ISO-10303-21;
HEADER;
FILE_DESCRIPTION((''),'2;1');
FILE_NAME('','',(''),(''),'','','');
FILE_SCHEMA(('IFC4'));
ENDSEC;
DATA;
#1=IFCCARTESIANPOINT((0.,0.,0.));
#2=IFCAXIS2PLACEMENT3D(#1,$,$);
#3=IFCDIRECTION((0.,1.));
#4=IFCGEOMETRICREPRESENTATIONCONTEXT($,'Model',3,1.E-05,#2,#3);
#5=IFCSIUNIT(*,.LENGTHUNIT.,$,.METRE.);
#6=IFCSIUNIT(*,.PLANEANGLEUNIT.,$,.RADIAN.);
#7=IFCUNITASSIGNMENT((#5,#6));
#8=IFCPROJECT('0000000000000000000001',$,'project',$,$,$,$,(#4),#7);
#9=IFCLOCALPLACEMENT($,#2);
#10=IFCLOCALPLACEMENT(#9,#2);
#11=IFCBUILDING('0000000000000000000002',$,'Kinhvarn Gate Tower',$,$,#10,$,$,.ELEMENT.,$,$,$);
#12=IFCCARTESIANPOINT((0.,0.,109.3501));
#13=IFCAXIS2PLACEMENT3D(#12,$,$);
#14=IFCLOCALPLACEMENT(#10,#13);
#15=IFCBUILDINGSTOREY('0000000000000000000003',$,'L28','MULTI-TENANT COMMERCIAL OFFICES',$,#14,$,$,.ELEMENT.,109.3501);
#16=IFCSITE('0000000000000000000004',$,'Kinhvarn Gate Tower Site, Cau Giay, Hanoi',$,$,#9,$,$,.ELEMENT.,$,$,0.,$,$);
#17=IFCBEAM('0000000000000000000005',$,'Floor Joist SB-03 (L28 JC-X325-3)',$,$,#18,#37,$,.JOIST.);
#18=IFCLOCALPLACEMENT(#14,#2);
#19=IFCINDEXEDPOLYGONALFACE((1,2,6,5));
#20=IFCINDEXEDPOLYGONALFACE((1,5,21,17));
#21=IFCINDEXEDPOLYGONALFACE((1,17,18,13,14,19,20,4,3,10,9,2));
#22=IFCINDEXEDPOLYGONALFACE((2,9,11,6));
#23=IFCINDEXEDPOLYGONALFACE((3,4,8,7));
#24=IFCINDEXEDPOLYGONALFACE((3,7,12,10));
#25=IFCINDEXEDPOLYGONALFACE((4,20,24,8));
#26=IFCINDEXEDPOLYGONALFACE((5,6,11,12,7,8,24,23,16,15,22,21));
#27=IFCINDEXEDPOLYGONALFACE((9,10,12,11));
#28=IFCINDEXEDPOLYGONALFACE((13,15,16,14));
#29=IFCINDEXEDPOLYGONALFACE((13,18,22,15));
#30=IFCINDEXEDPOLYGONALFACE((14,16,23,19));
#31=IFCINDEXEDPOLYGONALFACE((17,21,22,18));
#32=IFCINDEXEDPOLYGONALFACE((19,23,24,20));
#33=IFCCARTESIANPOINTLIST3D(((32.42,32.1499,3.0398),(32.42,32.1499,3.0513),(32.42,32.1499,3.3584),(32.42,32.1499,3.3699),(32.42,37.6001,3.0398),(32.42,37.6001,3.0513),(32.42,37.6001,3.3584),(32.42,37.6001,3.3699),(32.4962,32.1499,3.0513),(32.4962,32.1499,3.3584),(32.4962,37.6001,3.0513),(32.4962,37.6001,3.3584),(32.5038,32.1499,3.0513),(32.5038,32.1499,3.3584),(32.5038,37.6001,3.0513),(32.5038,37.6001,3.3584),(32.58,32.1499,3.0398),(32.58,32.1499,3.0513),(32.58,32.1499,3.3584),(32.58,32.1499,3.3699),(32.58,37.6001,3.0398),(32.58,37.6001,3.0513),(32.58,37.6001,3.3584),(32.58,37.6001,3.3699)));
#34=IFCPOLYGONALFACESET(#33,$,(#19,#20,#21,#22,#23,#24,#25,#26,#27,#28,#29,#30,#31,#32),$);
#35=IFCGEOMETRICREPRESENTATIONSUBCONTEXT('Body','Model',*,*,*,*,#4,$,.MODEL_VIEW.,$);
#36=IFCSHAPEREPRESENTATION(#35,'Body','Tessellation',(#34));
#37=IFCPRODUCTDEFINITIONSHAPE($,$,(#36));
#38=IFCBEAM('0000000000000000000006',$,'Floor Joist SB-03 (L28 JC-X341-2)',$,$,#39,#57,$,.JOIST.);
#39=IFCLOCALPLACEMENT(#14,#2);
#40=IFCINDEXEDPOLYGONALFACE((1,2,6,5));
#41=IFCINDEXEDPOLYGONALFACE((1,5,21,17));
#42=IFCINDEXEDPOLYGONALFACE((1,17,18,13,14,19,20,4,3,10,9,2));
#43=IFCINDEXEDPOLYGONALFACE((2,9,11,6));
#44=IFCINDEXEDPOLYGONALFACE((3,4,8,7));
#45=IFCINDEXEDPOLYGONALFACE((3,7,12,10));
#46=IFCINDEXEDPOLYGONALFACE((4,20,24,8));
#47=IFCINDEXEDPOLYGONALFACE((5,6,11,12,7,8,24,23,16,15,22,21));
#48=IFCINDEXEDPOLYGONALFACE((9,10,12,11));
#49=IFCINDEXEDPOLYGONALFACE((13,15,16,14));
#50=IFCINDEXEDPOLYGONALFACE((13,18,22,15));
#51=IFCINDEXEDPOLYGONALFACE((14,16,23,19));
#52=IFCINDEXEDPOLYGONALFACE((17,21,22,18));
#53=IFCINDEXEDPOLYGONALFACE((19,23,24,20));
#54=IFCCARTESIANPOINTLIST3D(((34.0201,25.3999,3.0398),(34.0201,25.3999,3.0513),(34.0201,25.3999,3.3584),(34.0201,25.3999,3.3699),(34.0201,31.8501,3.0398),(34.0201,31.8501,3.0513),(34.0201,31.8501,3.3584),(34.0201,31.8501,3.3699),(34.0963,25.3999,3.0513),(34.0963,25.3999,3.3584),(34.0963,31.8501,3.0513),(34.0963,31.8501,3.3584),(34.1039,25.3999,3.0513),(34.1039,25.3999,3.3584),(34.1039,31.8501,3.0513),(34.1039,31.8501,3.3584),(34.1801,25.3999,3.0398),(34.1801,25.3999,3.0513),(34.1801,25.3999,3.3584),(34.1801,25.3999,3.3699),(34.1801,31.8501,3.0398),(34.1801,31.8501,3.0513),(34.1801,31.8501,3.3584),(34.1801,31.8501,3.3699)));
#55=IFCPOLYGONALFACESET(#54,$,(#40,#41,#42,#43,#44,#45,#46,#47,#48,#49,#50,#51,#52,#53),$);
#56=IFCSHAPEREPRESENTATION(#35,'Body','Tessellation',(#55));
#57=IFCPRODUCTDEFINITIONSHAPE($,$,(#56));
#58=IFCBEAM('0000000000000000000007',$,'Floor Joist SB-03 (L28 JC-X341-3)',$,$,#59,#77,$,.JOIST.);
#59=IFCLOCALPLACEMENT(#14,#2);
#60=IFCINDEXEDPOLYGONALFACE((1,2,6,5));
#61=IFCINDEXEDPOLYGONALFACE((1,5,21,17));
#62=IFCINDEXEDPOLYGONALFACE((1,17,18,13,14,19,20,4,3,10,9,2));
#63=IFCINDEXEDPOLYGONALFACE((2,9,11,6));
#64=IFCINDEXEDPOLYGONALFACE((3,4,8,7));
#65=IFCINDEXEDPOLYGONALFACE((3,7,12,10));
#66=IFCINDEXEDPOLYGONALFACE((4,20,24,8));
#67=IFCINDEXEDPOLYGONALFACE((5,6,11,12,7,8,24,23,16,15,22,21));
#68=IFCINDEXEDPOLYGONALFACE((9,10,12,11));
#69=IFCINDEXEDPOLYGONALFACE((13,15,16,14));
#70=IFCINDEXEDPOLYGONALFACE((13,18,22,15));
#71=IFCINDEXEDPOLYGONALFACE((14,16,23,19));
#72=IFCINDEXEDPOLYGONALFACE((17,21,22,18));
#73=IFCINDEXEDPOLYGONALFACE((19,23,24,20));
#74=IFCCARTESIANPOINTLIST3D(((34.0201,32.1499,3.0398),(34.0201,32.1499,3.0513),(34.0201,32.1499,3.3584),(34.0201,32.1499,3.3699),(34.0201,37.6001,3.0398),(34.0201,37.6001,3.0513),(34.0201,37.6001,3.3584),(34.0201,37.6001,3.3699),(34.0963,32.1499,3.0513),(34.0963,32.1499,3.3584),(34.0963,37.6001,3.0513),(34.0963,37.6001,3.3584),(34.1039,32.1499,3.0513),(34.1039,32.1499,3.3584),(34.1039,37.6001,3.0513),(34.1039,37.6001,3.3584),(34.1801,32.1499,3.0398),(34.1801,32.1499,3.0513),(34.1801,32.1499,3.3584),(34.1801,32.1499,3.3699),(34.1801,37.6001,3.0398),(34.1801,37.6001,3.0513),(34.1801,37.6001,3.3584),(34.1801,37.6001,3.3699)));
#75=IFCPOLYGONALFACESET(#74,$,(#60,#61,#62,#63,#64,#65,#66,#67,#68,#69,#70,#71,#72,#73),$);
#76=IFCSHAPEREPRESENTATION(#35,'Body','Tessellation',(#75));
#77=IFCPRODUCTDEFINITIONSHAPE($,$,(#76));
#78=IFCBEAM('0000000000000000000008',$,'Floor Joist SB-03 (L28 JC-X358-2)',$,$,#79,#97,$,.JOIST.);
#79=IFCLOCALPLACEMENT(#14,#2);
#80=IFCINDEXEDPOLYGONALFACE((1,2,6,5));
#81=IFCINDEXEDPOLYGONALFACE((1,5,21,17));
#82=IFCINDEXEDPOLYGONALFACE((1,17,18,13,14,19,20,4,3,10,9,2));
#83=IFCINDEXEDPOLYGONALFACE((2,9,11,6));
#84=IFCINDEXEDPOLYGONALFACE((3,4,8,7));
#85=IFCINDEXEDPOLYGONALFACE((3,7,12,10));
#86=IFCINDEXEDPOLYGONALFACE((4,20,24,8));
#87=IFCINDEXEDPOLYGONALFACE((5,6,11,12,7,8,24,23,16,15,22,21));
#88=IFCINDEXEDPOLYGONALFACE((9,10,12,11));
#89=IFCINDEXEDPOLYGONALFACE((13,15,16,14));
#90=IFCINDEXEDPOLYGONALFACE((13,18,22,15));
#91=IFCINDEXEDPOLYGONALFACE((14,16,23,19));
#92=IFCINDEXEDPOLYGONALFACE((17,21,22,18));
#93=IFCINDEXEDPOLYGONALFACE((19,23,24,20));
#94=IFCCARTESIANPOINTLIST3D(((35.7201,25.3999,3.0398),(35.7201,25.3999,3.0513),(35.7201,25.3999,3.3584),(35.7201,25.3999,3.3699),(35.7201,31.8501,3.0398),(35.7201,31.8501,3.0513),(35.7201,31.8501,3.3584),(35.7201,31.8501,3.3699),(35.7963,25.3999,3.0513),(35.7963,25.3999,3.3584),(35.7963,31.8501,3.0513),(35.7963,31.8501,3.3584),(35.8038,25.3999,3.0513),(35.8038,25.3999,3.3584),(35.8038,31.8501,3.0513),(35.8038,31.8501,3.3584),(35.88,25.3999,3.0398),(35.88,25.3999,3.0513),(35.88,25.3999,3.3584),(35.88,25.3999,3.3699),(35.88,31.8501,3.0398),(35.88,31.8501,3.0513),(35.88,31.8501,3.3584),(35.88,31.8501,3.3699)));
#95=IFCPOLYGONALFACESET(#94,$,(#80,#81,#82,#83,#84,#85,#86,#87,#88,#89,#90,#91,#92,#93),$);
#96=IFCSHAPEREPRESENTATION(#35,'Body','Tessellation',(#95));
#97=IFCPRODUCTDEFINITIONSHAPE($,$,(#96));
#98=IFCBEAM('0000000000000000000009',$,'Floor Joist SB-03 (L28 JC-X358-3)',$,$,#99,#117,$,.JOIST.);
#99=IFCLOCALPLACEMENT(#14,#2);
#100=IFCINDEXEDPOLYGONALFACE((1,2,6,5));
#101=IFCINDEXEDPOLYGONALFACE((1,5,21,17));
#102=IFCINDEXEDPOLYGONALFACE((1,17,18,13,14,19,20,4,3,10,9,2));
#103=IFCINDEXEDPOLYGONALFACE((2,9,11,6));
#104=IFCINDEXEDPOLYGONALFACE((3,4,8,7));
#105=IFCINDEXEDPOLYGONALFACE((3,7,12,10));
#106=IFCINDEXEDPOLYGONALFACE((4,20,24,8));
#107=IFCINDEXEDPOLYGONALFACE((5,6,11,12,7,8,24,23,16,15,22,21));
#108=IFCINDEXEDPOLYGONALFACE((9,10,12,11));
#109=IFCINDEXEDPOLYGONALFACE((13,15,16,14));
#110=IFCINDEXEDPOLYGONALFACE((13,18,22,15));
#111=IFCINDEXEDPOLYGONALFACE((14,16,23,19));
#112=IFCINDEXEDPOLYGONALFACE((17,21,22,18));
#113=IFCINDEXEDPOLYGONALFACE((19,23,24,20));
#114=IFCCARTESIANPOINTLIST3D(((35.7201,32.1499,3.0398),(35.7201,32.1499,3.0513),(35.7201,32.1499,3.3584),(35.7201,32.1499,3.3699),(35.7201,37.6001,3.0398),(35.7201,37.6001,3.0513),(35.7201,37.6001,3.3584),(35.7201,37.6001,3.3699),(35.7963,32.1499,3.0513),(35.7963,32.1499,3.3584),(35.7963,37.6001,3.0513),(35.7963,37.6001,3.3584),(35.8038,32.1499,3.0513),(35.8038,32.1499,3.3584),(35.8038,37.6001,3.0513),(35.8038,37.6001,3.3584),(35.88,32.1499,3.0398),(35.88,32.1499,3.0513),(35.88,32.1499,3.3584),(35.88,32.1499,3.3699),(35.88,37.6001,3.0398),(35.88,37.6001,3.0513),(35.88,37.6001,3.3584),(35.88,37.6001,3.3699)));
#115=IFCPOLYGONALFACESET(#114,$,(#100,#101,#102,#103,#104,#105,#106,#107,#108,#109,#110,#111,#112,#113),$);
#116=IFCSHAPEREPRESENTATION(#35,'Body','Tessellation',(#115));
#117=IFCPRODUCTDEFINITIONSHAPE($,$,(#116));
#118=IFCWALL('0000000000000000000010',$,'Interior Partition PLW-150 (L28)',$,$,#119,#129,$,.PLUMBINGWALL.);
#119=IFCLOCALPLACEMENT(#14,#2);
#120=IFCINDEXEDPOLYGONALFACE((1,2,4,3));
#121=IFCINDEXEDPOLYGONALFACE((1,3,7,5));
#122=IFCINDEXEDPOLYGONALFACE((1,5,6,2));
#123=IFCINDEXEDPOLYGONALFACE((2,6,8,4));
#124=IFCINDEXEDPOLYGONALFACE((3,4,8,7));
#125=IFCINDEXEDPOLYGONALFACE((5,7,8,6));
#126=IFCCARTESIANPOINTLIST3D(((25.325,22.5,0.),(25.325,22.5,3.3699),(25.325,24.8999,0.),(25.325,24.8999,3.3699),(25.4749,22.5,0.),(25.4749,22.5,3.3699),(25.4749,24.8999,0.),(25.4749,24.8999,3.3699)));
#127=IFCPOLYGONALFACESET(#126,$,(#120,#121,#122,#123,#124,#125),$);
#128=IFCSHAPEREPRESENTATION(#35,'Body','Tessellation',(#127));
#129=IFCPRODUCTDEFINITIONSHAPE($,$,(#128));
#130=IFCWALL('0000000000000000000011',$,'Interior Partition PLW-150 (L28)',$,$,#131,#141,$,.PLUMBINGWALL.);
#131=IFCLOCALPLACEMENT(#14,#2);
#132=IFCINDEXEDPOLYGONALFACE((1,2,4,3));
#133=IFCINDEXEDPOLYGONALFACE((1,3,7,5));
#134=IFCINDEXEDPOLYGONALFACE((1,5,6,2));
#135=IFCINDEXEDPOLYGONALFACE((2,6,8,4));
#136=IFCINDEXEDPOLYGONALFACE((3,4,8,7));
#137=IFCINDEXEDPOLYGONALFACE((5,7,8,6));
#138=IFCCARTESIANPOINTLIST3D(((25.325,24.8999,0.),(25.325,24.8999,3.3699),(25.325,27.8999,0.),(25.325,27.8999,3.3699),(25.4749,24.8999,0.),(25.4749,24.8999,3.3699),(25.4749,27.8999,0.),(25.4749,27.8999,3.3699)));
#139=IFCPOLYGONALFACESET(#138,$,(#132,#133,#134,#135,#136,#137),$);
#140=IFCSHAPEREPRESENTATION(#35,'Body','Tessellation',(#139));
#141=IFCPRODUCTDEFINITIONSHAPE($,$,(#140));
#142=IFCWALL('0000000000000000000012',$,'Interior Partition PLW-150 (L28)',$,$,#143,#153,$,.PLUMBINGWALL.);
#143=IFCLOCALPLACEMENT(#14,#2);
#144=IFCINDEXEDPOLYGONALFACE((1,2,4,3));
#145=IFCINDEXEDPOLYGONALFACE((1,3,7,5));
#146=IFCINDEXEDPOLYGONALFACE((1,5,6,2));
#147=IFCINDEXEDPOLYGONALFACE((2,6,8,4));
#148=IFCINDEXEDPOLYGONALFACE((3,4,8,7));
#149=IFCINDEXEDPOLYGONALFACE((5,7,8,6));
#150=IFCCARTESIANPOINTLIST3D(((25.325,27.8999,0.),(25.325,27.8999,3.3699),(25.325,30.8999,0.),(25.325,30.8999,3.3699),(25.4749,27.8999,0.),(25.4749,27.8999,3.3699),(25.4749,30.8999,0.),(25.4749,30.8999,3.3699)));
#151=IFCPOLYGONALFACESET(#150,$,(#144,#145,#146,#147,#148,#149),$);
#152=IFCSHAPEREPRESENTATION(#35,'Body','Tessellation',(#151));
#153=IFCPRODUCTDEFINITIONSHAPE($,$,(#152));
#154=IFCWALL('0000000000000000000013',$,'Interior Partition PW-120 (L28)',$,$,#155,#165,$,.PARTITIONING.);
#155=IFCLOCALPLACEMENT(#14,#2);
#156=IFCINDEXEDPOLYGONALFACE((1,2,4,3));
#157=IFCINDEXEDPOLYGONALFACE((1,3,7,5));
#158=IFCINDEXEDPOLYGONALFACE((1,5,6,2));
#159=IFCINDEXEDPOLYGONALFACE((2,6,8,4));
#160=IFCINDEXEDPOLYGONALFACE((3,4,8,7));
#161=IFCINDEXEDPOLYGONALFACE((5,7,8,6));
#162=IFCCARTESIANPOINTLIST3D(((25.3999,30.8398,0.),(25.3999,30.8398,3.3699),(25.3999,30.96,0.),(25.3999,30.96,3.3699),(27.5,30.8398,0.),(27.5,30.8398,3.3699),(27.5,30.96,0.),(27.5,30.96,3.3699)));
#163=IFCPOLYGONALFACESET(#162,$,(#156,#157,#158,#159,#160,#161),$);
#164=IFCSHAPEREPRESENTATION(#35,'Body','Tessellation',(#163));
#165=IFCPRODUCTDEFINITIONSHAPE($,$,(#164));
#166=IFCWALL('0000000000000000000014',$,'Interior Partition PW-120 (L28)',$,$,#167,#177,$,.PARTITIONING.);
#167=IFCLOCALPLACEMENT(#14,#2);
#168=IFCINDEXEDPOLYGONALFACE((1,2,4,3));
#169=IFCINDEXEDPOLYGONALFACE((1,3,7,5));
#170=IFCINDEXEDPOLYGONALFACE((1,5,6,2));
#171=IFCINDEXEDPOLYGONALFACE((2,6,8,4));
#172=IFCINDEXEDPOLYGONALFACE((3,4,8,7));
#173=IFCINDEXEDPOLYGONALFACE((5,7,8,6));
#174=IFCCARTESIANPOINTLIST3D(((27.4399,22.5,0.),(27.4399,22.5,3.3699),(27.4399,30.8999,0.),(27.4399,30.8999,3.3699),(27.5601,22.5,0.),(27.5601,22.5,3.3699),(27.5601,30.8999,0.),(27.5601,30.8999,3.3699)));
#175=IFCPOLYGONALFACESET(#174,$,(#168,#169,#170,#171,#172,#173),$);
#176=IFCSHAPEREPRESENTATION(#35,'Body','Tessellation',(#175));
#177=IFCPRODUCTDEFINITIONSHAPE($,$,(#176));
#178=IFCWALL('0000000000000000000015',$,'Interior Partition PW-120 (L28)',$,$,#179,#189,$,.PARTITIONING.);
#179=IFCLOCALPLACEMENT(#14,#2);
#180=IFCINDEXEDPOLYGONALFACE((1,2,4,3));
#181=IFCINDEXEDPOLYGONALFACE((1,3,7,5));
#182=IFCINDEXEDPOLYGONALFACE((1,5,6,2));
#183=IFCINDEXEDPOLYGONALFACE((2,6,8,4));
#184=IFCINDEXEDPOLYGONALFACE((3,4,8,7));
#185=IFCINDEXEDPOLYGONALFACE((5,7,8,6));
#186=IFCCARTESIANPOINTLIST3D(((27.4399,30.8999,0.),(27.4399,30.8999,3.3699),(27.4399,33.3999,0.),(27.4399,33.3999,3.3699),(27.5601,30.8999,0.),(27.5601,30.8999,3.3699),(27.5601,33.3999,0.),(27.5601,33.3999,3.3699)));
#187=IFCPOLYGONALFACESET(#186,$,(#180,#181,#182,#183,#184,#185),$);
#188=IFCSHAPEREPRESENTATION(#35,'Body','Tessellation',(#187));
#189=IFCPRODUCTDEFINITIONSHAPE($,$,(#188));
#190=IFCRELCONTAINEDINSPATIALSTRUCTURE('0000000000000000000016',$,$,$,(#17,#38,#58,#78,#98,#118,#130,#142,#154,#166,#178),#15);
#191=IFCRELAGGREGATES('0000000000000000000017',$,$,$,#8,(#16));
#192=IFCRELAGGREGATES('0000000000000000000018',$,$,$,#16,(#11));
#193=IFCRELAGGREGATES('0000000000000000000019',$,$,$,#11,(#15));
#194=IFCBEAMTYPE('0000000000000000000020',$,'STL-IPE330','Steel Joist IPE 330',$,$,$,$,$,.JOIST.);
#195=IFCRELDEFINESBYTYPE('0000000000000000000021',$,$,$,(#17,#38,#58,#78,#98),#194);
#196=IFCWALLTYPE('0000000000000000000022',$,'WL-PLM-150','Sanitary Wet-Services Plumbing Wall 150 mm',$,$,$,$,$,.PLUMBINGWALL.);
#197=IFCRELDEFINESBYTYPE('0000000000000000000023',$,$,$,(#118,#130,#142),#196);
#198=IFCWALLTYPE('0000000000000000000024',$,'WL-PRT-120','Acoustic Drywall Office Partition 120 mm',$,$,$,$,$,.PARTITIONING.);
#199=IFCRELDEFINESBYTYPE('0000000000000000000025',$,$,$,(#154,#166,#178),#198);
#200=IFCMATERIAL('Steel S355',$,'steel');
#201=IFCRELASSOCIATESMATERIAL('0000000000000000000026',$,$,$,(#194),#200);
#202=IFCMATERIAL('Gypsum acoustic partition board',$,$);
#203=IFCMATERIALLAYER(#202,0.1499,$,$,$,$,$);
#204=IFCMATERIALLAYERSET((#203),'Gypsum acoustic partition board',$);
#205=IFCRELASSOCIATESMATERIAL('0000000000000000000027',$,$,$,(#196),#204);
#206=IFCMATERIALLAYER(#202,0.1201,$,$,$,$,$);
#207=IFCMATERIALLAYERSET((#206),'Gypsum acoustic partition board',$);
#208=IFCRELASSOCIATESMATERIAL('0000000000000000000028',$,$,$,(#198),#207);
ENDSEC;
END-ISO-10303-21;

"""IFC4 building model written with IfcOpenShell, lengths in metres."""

from ifc_helpers import new_model, si_unit, direction, frame, frame_2d, origin, origin_2d, place, context, subcontext, project, spatial, rectangle, i_section, extrude, material, layer, layer_set, material_profile, profile_set, type_object, element, save


model = new_model("IFC4")

# Units and contexts
model_context = context("Model", 3, precision=1e-05, world=origin(), true_north=direction((0.0, 1.0)))
body_context = subcontext(model_context, "Body", "Model", "MODEL_VIEW")
ifc_project = project(units=[si_unit("LENGTHUNIT", "METRE"), si_unit("PLANEANGLEUNIT", "RADIAN")], contexts=[model_context])

# Site, building, storey
site_placement = place(None, origin())
site = spatial("IfcSite", under=ifc_project, at=site_placement, Name="Kinhvarn Gate Tower Site, Cau Giay, Hanoi", CompositionType="ELEMENT", RefElevation=0.0)
building_placement = place(site_placement, origin())
building = spatial("IfcBuilding", under=site, at=building_placement, Name="Kinhvarn Gate Tower", CompositionType="ELEMENT")
storey_placement = place(building_placement, frame((0.0, 0.0, 109.3501)))
storey = spatial("IfcBuildingStorey", under=building, at=storey_placement, Name="L28", Description="MULTI-TENANT COMMERCIAL OFFICES", CompositionType="ELEMENT", Elevation=109.3501)

# Beams
ifc_material_1 = material(Name="Steel S355", Category="steel")
ifc_material_profile_1 = material_profile(ifc_material_1, i_section(OverallWidth=0.1599, OverallDepth=0.3301, WebThickness=0.0076, FlangeThickness=0.0115, at=origin_2d()), Name="IPE 330")
ifc_profile_set_1 = profile_set([ifc_material_profile_1], Name="Steel S355")
beam_type_1 = type_object("IfcBeamType", Name="STL-IPE330", Description="Steel Joist IPE 330", PredefinedType="JOIST", material=ifc_profile_set_1)
beam_1_placement = place(storey_placement, frame((32.5, 32.1499, 3.2048), z_axis=(0.0, 1.0, 0.0), x_axis=(-1.0, 0.0, 0.0)))
element("IfcBeam", 1, at=beam_1_placement, inside=storey, type_object=beam_type_1, Name="Floor Joist SB-03 (L28 JC-X325-3)", PredefinedType="JOIST", context=body_context, shape_type="SweptSolid", body=[
    extrude(i_section(OverallWidth=0.1599, OverallDepth=0.3301, WebThickness=0.0076, FlangeThickness=0.0115, at=origin_2d()), origin(), (0.0, 0.0, 1.0), 5.4502),
])
beam_2_placement = place(storey_placement, frame((34.1001, 25.3999, 3.2048), z_axis=(0.0, 1.0, 0.0), x_axis=(-1.0, 0.0, 0.0)))
element("IfcBeam", 2, at=beam_2_placement, inside=storey, type_object=beam_type_1, Name="Floor Joist SB-03 (L28 JC-X341-2)", PredefinedType="JOIST", context=body_context, shape_type="SweptSolid", body=[
    extrude(i_section(OverallWidth=0.1599, OverallDepth=0.3301, WebThickness=0.0076, FlangeThickness=0.0115, at=origin_2d()), origin(), (0.0, 0.0, 1.0), 6.4502),
])
beam_3_placement = place(storey_placement, frame((34.1001, 32.1499, 3.2048), z_axis=(0.0, 1.0, 0.0), x_axis=(-1.0, 0.0, 0.0)))
element("IfcBeam", 3, at=beam_3_placement, inside=storey, type_object=beam_type_1, Name="Floor Joist SB-03 (L28 JC-X341-3)", PredefinedType="JOIST", context=body_context, shape_type="SweptSolid", body=[
    extrude(i_section(OverallWidth=0.1599, OverallDepth=0.3301, WebThickness=0.0076, FlangeThickness=0.0115, at=origin_2d()), origin(), (0.0, 0.0, 1.0), 5.4502),
])
beam_4_placement = place(storey_placement, frame((35.8, 25.3999, 3.2048), z_axis=(0.0, 1.0, 0.0), x_axis=(-1.0, 0.0, 0.0)))
element("IfcBeam", 4, at=beam_4_placement, inside=storey, type_object=beam_type_1, Name="Floor Joist SB-03 (L28 JC-X358-2)", PredefinedType="JOIST", context=body_context, shape_type="SweptSolid", body=[
    extrude(i_section(OverallWidth=0.1599, OverallDepth=0.3301, WebThickness=0.0076, FlangeThickness=0.0115, at=origin_2d()), origin(), (0.0, 0.0, 1.0), 6.4502),
])
beam_5_placement = place(storey_placement, frame((35.8, 32.1499, 3.2048), z_axis=(0.0, 1.0, 0.0), x_axis=(-1.0, 0.0, 0.0)))
element("IfcBeam", 5, at=beam_5_placement, inside=storey, type_object=beam_type_1, Name="Floor Joist SB-03 (L28 JC-X358-3)", PredefinedType="JOIST", context=body_context, shape_type="SweptSolid", body=[
    extrude(i_section(OverallWidth=0.1599, OverallDepth=0.3301, WebThickness=0.0076, FlangeThickness=0.0115, at=origin_2d()), origin(), (0.0, 0.0, 1.0), 5.4502),
])

# Walls
ifc_material_2 = material(Name="Gypsum acoustic partition board")
ifc_layer_1 = layer(ifc_material_2, 0.1499)
ifc_layer_set_1 = layer_set([ifc_layer_1], Name="Gypsum acoustic partition board")
wall_type_1 = type_object("IfcWallType", Name="WL-PLM-150", Description="Sanitary Wet-Services Plumbing Wall 150 mm", PredefinedType="PLUMBINGWALL", material=ifc_layer_set_1)
wall_1_placement = place(storey_placement, frame((25.3999, 22.5, 0.0), z_axis=(0.0, 0.0, 1.0), x_axis=(0.0, 1.0, 0.0)))
element("IfcWall", 6, at=wall_1_placement, inside=storey, type_object=wall_type_1, Name="Interior Partition PLW-150 (L28)", PredefinedType="PLUMBINGWALL", context=body_context, shape_type="SweptSolid", body=[
    extrude(rectangle(XDim=2.3999, YDim=0.1499, at=frame_2d((1.2, 0.0))), origin(), (0.0, 0.0, 1.0), 3.3699),
])
for number, where, z_axis, x_axis, name in (
    (7, (25.3999, 24.8999, 0.0), (0.0, 0.0, 1.0), (0.0, 1.0, 0.0), "Interior Partition PLW-150 (L28)"),
    (8, (25.3999, 27.8999, 0.0), (0.0, 0.0, 1.0), (0.0, 1.0, 0.0), "Interior Partition PLW-150 (L28)"),
):
    element("IfcWall", number, at=place(storey_placement, frame(where, z_axis=z_axis, x_axis=x_axis)), inside=storey, type_object=wall_type_1, Name=name, PredefinedType="PLUMBINGWALL", context=body_context, shape_type="SweptSolid", body=[
        extrude(rectangle(XDim=3.0, YDim=0.1499, at=frame_2d((1.5, 0.0))), origin(), (0.0, 0.0, 1.0), 3.3699),
    ])
ifc_layer_2 = layer(ifc_material_2, 0.1201)
ifc_layer_set_2 = layer_set([ifc_layer_2], Name="Gypsum acoustic partition board")
wall_type_2 = type_object("IfcWallType", Name="WL-PRT-120", Description="Acoustic Drywall Office Partition 120 mm", PredefinedType="PARTITIONING", material=ifc_layer_set_2)
wall_2_placement = place(storey_placement, frame((25.3999, 30.8999, 0.0), z_axis=(0.0, 0.0, 1.0), x_axis=(1.0, 0.0, 0.0)))
element("IfcWall", 9, at=wall_2_placement, inside=storey, type_object=wall_type_2, Name="Interior Partition PW-120 (L28)", PredefinedType="PARTITIONING", context=body_context, shape_type="SweptSolid", body=[
    extrude(rectangle(XDim=2.1001, YDim=0.1201, at=frame_2d((1.05, 0.0))), origin(), (0.0, 0.0, 1.0), 3.3699),
])
wall_3_placement = place(storey_placement, frame((27.5, 22.5, 0.0), z_axis=(0.0, 0.0, 1.0), x_axis=(0.0, 1.0, 0.0)))
element("IfcWall", 10, at=wall_3_placement, inside=storey, type_object=wall_type_2, Name="Interior Partition PW-120 (L28)", PredefinedType="PARTITIONING", context=body_context, shape_type="SweptSolid", body=[
    extrude(rectangle(XDim=8.3999, YDim=0.1201, at=frame_2d((4.2, 0.0))), origin(), (0.0, 0.0, 1.0), 3.3699),
])
wall_4_placement = place(storey_placement, frame((27.5, 30.8999, 0.0), z_axis=(0.0, 0.0, 1.0), x_axis=(0.0, 1.0, 0.0)))
element("IfcWall", 11, at=wall_4_placement, inside=storey, type_object=wall_type_2, Name="Interior Partition PW-120 (L28)", PredefinedType="PARTITIONING", context=body_context, shape_type="SweptSolid", body=[
    extrude(rectangle(XDim=2.5, YDim=0.1201, at=frame_2d((1.25, 0.0))), origin(), (0.0, 0.0, 1.0), 3.3699),
])

save(model, "model.ifc")
